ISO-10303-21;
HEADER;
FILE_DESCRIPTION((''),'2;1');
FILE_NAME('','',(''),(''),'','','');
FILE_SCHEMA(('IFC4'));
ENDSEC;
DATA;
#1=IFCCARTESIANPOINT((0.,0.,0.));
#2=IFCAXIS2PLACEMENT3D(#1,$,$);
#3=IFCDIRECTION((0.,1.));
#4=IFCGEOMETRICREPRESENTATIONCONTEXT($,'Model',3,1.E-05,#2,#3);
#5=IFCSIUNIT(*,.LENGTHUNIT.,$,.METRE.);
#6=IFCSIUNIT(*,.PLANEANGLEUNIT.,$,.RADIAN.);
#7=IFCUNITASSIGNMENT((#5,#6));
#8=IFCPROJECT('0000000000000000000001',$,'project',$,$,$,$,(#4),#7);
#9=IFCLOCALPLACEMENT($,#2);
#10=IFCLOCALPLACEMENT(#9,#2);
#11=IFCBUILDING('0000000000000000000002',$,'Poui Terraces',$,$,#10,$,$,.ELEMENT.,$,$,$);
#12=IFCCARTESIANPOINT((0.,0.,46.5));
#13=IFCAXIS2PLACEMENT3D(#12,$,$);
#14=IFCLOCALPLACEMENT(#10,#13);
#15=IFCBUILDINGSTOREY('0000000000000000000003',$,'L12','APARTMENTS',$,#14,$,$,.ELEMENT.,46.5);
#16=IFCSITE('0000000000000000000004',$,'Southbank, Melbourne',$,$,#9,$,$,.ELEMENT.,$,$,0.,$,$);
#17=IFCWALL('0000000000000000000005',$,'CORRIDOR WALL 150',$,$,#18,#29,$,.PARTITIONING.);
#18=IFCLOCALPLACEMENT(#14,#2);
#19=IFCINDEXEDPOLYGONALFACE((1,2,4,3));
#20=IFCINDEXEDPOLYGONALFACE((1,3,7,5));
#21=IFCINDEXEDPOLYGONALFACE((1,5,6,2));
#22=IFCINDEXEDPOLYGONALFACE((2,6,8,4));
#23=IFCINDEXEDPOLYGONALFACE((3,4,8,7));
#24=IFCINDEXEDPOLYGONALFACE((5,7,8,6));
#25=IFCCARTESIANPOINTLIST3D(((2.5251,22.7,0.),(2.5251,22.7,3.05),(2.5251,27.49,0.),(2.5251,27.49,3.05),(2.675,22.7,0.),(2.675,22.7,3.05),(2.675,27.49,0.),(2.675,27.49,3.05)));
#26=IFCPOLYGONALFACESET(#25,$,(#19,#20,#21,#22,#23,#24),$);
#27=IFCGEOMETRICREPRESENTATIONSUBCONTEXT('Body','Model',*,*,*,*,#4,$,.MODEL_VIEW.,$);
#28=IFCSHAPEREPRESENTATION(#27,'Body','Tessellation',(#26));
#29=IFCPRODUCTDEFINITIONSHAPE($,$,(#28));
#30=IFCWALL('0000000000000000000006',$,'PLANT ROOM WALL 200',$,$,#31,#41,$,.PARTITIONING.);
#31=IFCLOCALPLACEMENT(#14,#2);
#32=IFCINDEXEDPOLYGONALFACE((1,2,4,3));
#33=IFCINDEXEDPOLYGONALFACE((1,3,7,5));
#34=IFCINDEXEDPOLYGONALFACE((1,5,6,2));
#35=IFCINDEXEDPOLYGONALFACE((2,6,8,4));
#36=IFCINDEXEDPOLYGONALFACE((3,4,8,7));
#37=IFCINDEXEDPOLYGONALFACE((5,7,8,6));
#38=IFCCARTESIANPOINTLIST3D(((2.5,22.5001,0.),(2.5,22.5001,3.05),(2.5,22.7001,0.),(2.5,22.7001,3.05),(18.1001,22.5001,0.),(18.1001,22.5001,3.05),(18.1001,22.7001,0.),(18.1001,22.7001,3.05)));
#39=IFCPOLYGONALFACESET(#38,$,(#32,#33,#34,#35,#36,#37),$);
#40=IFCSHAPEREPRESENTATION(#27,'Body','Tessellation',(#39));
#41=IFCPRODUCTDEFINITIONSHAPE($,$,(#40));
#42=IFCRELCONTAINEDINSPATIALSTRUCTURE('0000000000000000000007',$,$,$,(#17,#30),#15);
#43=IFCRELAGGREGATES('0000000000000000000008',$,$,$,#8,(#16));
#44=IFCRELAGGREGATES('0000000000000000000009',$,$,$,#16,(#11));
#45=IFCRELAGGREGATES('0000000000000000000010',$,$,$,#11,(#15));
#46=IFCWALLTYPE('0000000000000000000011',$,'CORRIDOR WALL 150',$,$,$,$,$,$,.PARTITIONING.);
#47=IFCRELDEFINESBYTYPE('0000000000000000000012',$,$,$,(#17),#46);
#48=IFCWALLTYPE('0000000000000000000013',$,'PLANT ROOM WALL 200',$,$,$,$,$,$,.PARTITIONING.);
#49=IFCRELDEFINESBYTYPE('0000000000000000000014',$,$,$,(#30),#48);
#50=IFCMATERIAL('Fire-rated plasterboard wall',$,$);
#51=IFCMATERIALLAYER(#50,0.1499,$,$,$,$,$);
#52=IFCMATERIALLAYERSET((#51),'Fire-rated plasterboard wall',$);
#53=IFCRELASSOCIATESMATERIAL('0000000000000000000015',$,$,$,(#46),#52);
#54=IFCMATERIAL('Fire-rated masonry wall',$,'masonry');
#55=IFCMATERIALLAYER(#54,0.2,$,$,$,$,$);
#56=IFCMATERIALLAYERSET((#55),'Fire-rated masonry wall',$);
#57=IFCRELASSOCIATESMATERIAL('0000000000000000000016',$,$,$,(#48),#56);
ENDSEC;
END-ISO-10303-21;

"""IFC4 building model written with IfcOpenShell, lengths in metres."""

from ifc_helpers import new_model, si_unit, direction, frame, frame_2d, origin, place, context, subcontext, project, spatial, rectangle, extrude, material, layer, layer_set, type_object, element, save


model = new_model("IFC4")

# Units and contexts
model_context = context("Model", 3, precision=1e-05, world=origin(), true_north=direction((0.0, 1.0)))
body_context = subcontext(model_context, "Body", "Model", "MODEL_VIEW")
ifc_project = project(units=[si_unit("LENGTHUNIT", "METRE"), si_unit("PLANEANGLEUNIT", "RADIAN")], contexts=[model_context])

# Site, building, storey
site_placement = place(None, origin())
site = spatial("IfcSite", under=ifc_project, at=site_placement, Name="Southbank, Melbourne", CompositionType="ELEMENT", RefElevation=0.0)
building_placement = place(site_placement, origin())
building = spatial("IfcBuilding", under=site, at=building_placement, Name="Poui Terraces", CompositionType="ELEMENT")
storey_placement = place(building_placement, frame((0.0, 0.0, 46.5)))
storey = spatial("IfcBuildingStorey", under=building, at=storey_placement, Name="L12", Description="APARTMENTS", CompositionType="ELEMENT", Elevation=46.5)

# Walls
ifc_material_1 = material(Name="Fire-rated plasterboard wall")
ifc_layer_1 = layer(ifc_material_1, 0.1499)
ifc_layer_set_1 = layer_set([ifc_layer_1], Name="Fire-rated plasterboard wall")
wall_type_1 = type_object("IfcWallType", Name="CORRIDOR WALL 150", PredefinedType="PARTITIONING", material=ifc_layer_set_1)
wall_1_placement = place(storey_placement, frame((2.6001, 22.7, 0.0), z_axis=(0.0, 0.0, 1.0), x_axis=(0.0, 1.0, 0.0)))
element("IfcWall", 1, at=wall_1_placement, inside=storey, type_object=wall_type_1, Name="CORRIDOR WALL 150", PredefinedType="PARTITIONING", context=body_context, shape_type="SweptSolid", body=[
    extrude(rectangle(XDim=4.79, YDim=0.1499, at=frame_2d((2.395, 0.0))), origin(), (0.0, 0.0, 1.0), 3.05),
])
ifc_material_2 = material(Name="Fire-rated masonry wall", Category="masonry")
ifc_layer_2 = layer(ifc_material_2, 0.2)
ifc_layer_set_2 = layer_set([ifc_layer_2], Name="Fire-rated masonry wall")
wall_type_2 = type_object("IfcWallType", Name="PLANT ROOM WALL 200", PredefinedType="PARTITIONING", material=ifc_layer_set_2)
wall_2_placement = place(storey_placement, frame((2.5, 22.6001, 0.0), z_axis=(0.0, 0.0, 1.0), x_axis=(1.0, 0.0, 0.0)))
element("IfcWall", 2, at=wall_2_placement, inside=storey, type_object=wall_type_2, Name="PLANT ROOM WALL 200", PredefinedType="PARTITIONING", context=body_context, shape_type="SweptSolid", body=[
    extrude(rectangle(XDim=15.6001, YDim=0.2, at=frame_2d((7.8, 0.0))), origin(), (0.0, 0.0, 1.0), 3.05),
])

save(model, "model.ifc")
